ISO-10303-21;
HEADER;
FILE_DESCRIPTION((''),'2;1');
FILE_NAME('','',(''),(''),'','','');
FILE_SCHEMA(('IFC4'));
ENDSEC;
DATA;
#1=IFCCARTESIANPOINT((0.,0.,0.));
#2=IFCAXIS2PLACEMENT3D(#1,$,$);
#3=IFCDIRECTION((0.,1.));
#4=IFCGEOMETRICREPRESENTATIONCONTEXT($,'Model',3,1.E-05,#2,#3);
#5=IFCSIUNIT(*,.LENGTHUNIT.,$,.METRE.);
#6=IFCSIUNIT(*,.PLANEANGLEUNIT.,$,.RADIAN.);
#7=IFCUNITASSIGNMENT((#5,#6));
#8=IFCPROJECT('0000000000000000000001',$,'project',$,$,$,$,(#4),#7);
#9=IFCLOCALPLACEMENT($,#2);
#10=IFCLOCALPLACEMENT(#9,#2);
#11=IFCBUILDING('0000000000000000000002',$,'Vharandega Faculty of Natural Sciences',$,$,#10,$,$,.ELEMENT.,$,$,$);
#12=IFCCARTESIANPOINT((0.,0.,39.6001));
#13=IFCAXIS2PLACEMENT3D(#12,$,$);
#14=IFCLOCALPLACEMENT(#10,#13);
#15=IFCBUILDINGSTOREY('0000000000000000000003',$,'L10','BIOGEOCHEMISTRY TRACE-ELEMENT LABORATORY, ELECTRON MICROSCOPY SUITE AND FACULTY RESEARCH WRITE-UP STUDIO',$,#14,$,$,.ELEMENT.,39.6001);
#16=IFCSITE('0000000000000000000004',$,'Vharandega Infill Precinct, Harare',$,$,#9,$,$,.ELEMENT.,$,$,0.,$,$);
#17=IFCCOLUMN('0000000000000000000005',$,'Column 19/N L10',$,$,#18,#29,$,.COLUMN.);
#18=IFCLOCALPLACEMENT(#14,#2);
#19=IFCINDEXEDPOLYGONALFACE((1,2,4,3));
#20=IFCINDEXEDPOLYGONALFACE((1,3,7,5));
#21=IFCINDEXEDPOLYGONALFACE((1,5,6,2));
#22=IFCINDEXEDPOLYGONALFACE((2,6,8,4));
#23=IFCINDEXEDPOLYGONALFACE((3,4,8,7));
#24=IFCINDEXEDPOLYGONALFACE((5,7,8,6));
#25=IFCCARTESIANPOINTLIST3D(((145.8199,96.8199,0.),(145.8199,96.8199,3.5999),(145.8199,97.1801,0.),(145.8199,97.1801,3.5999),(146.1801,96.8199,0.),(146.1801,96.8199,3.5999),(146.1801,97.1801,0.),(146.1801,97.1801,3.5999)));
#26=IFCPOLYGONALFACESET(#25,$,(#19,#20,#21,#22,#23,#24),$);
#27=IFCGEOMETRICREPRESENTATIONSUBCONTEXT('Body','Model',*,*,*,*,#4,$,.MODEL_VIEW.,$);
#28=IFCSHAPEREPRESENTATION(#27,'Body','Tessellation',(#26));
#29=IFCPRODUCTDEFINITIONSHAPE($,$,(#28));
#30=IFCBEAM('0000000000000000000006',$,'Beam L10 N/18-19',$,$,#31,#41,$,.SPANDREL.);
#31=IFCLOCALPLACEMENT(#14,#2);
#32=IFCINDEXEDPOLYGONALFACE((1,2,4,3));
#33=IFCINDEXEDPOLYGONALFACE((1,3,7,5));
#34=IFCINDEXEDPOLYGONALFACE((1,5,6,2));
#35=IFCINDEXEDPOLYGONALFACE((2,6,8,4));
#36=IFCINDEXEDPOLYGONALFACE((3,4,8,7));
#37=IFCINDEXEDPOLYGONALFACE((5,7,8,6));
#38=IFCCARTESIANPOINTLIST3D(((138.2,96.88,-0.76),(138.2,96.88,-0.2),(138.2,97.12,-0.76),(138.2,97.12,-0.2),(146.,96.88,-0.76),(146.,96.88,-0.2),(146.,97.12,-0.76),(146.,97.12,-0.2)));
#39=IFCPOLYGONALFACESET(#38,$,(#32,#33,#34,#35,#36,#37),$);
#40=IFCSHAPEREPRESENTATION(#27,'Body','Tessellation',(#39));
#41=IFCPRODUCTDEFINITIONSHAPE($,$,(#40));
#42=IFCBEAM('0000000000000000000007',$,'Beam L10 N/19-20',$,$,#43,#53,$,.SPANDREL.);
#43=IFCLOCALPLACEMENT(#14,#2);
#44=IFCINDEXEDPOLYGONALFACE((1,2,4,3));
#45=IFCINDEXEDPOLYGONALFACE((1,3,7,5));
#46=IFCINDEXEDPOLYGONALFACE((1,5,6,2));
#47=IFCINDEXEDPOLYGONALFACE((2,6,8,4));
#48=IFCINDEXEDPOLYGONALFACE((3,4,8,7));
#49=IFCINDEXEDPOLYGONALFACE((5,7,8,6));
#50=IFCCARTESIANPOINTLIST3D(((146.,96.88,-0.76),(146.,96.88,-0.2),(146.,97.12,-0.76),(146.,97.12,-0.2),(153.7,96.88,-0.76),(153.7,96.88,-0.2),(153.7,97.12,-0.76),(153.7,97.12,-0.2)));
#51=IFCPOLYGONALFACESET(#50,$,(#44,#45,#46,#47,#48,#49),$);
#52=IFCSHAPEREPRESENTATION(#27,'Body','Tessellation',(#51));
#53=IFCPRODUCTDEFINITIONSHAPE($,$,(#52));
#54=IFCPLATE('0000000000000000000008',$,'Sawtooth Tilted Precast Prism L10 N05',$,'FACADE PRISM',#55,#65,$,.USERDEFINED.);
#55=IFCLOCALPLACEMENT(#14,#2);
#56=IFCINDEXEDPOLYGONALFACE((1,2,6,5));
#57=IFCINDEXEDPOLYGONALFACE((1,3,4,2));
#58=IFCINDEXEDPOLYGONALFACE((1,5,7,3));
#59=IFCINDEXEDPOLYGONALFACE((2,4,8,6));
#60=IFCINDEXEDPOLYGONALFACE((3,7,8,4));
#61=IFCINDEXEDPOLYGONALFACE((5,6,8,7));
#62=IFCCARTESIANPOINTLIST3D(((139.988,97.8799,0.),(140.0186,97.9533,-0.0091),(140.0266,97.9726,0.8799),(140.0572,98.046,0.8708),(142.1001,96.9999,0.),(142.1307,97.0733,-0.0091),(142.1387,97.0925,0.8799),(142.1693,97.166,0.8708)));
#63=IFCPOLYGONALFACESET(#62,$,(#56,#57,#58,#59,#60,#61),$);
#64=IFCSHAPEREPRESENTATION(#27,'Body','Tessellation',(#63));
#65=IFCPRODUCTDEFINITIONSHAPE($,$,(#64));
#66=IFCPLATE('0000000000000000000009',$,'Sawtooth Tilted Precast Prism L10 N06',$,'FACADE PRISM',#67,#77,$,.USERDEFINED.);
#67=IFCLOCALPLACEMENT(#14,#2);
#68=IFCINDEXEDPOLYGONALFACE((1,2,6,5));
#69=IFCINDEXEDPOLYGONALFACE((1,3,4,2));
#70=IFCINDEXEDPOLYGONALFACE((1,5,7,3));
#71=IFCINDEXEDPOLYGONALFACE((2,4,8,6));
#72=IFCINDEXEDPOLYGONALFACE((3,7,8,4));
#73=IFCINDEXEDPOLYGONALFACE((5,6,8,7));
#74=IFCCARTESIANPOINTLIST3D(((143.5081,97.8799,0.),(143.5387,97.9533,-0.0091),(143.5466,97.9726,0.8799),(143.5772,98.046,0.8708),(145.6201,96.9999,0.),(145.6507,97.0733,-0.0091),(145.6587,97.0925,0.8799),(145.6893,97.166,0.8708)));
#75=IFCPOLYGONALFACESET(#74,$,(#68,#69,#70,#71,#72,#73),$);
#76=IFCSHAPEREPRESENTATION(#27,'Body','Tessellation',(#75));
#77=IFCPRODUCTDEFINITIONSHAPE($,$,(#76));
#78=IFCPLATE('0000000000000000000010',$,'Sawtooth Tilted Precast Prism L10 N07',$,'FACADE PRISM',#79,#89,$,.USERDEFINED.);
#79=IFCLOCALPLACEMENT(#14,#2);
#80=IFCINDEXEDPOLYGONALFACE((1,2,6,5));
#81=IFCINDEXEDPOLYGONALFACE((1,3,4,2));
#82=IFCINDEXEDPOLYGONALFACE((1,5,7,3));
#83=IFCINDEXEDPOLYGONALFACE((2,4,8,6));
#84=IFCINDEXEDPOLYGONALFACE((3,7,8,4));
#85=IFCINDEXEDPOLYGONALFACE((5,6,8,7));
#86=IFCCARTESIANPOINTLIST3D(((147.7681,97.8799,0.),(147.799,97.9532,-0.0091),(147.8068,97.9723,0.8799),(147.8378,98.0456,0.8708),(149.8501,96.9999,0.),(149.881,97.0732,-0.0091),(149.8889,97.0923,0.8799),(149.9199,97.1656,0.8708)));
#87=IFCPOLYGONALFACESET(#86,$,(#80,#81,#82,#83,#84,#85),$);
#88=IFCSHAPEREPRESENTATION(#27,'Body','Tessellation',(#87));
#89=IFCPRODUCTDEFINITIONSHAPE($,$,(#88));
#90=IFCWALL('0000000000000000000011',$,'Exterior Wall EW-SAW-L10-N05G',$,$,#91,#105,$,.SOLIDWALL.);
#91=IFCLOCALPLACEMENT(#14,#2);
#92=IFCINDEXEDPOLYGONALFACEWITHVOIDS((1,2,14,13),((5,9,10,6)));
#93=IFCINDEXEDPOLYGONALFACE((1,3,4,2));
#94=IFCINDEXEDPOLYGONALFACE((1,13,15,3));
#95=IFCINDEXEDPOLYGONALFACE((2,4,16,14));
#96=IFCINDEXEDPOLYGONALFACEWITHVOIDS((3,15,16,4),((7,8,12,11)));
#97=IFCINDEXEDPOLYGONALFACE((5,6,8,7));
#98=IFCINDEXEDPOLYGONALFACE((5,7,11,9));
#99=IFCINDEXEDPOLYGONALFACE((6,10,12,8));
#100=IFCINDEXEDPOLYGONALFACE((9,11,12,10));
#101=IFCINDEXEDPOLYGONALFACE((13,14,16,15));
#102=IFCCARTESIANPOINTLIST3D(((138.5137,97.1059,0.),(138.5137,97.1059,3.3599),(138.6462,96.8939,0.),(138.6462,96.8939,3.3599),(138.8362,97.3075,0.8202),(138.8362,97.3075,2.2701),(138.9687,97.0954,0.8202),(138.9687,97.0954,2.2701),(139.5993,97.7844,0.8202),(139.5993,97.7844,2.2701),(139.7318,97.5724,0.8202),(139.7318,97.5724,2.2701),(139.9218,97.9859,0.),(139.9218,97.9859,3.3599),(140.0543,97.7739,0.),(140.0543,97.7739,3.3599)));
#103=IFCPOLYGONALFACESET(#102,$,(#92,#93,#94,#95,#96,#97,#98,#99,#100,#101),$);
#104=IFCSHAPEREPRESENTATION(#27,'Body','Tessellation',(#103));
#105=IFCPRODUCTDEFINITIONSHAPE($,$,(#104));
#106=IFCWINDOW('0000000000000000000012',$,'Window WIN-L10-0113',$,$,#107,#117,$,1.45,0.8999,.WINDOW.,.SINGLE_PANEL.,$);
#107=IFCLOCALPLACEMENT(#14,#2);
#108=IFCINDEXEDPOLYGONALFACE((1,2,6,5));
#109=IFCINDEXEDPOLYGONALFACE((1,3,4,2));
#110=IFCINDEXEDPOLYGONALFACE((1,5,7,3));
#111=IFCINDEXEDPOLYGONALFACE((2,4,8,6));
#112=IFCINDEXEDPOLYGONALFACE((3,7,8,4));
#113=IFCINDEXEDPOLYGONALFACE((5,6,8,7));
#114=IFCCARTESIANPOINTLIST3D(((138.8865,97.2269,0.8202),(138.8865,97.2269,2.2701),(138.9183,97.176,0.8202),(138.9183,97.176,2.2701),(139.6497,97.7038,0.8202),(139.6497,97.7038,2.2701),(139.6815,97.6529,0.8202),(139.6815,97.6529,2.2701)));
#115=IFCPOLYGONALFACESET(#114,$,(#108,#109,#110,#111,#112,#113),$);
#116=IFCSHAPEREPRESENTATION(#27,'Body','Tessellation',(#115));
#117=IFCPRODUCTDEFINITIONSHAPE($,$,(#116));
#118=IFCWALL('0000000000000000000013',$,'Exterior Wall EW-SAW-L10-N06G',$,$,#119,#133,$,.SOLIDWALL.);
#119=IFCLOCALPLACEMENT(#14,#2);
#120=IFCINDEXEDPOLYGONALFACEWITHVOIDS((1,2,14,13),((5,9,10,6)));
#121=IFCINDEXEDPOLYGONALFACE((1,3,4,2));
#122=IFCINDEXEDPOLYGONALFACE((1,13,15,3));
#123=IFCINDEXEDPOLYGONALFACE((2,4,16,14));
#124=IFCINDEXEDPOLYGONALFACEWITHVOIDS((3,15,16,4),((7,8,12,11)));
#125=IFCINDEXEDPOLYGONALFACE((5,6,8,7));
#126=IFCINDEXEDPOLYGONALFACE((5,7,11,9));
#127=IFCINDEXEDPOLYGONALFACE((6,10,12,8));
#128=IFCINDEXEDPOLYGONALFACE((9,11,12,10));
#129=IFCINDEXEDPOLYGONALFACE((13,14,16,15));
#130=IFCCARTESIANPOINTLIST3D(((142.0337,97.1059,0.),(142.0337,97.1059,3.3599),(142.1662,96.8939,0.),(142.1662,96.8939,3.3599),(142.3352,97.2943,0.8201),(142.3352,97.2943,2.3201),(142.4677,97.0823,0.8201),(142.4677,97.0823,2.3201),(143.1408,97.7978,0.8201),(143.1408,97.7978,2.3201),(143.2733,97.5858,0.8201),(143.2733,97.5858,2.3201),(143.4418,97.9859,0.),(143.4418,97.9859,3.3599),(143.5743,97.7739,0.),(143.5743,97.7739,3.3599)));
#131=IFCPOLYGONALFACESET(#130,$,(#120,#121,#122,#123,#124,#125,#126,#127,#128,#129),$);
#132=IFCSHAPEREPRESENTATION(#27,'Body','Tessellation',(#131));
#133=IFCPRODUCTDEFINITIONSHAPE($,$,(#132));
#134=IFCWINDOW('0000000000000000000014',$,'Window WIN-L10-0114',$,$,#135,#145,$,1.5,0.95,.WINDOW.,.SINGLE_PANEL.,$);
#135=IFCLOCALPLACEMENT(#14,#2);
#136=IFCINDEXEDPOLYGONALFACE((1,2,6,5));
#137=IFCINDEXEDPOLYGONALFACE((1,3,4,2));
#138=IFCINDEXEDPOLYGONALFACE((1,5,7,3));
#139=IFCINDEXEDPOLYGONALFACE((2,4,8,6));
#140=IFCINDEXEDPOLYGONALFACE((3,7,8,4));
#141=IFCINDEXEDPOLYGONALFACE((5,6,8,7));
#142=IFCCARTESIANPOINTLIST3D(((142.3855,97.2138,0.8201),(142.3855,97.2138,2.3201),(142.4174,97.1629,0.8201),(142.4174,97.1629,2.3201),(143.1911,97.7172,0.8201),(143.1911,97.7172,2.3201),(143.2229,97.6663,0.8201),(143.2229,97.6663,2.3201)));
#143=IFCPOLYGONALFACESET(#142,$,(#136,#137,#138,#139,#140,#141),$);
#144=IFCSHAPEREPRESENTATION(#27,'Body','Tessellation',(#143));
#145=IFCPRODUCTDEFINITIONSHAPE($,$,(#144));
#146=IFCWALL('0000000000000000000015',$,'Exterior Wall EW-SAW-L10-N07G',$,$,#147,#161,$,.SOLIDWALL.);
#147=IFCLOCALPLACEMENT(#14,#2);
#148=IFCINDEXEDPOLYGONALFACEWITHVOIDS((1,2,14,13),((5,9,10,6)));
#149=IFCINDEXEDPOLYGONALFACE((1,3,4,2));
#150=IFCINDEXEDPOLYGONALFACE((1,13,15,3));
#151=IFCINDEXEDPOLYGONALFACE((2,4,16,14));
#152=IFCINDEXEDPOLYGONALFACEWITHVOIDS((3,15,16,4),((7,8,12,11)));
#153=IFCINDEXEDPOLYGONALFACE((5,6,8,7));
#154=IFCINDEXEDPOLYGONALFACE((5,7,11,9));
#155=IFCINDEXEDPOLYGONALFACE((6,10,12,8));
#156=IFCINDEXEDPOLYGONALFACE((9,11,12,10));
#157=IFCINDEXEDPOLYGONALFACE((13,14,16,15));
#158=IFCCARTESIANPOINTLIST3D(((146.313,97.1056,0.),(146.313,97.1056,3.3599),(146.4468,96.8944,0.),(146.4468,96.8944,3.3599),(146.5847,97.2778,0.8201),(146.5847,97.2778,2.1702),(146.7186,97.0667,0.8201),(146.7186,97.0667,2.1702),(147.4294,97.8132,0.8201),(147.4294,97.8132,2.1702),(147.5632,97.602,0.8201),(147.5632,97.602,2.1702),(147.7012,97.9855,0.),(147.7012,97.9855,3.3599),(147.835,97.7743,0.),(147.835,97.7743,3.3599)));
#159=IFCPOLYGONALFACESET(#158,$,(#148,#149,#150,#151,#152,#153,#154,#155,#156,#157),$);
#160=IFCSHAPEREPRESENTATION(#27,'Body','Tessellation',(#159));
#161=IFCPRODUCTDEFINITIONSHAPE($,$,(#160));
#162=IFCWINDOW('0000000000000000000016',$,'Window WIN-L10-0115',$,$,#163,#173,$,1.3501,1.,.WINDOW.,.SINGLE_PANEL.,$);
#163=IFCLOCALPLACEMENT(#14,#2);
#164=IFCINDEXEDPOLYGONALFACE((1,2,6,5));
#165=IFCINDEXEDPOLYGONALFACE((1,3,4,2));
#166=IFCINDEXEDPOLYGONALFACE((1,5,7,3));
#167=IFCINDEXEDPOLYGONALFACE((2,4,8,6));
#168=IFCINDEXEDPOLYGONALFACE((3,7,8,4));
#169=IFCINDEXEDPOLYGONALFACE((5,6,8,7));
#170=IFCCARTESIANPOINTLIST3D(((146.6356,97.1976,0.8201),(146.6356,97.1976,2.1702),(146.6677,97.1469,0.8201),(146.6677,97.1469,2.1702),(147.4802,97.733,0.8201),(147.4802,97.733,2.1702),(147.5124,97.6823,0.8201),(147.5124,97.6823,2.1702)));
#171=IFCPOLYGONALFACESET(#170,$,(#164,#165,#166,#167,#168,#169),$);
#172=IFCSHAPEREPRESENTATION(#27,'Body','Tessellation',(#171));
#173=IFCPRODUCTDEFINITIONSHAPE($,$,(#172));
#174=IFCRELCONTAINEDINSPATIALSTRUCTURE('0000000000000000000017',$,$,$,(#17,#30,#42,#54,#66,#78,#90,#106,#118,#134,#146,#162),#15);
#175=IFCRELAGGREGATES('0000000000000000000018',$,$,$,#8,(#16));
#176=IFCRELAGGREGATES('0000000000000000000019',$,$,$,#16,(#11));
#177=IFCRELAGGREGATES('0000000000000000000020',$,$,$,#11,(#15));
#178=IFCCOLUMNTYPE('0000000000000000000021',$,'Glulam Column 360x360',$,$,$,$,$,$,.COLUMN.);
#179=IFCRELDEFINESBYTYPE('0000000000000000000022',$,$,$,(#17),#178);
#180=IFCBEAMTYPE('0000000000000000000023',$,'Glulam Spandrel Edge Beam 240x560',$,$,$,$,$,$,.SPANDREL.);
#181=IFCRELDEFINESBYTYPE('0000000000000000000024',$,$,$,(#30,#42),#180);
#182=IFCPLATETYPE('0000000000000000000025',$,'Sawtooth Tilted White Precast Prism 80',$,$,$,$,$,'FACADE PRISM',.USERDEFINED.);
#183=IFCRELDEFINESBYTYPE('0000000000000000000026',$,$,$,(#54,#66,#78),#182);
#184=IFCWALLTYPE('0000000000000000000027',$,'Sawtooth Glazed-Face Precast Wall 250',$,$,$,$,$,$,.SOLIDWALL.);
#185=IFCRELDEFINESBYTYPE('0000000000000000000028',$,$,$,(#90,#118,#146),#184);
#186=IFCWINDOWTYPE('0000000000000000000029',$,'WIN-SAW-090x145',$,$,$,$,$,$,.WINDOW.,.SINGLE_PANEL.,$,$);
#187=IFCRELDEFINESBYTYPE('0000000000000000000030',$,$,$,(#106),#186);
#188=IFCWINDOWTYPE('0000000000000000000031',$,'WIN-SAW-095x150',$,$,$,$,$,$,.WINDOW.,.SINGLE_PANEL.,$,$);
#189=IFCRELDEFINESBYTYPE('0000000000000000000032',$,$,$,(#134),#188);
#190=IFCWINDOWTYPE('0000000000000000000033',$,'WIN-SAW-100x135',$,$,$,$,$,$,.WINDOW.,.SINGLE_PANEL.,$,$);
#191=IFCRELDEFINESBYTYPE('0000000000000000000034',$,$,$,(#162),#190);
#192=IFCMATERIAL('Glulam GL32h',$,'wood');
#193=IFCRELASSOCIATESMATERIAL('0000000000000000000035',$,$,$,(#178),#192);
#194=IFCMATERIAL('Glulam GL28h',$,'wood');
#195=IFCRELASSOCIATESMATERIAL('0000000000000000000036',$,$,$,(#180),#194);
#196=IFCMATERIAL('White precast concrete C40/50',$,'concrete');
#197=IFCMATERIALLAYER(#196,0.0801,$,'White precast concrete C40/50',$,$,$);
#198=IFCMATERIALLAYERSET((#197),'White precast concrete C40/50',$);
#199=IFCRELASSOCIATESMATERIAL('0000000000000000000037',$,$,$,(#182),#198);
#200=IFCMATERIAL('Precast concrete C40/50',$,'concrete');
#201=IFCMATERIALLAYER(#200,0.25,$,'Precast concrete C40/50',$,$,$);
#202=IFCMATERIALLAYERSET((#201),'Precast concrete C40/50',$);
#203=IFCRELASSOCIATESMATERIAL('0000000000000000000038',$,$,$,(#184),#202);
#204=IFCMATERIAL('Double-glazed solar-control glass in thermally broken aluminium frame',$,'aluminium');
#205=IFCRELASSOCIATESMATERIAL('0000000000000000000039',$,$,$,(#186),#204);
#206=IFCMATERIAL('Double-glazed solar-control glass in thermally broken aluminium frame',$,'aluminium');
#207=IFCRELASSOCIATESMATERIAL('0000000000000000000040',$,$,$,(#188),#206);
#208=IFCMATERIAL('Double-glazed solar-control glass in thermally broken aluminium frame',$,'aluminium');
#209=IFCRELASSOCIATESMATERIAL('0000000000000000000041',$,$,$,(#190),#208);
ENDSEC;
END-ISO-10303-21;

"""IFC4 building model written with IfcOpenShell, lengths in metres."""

from ifc_helpers import new_model, si_unit, direction, frame, frame_2d, origin, origin_2d, place, context, subcontext, project, spatial, polyline, rectangle, outline, extrude, material, layer, layer_set, material_profile, profile_set, type_object, element, fill, save


model = new_model("IFC4")

# Units and contexts
model_context = context("Model", 3, precision=1e-05, world=origin(), true_north=direction((0.0, 1.0)))
body_context = subcontext(model_context, "Body", "Model", "MODEL_VIEW")
ifc_project = project(units=[si_unit("LENGTHUNIT", "METRE"), si_unit("PLANEANGLEUNIT", "RADIAN")], contexts=[model_context])

# Site, building, storey
site_placement = place(None, origin())
site = spatial("IfcSite", under=ifc_project, at=site_placement, Name="Vharandega Infill Precinct, Harare", CompositionType="ELEMENT", RefElevation=0.0)
building_placement = place(site_placement, origin())
building = spatial("IfcBuilding", under=site, at=building_placement, Name="Vharandega Faculty of Natural Sciences", CompositionType="ELEMENT")
storey_placement = place(building_placement, frame((0.0, 0.0, 39.6001)))
storey = spatial("IfcBuildingStorey", under=building, at=storey_placement, Name="L10", Description="BIOGEOCHEMISTRY TRACE-ELEMENT LABORATORY, ELECTRON MICROSCOPY SUITE AND FACULTY RESEARCH WRITE-UP STUDIO", CompositionType="ELEMENT", Elevation=39.6001)

# Column
ifc_material_1 = material(Name="Glulam GL32h", Category="wood")
ifc_material_profile_1 = material_profile(ifc_material_1, rectangle(XDim=0.3601, YDim=0.3601, at=origin_2d()), Name="GL32h 360x360")
ifc_profile_set_1 = profile_set([ifc_material_profile_1], Name="Glulam GL32h")
column_type = type_object("IfcColumnType", Name="Glulam Column 360x360", PredefinedType="COLUMN", material=ifc_profile_set_1)
column_placement = place(storey_placement, frame((146.0, 97.0, 0.0), z_axis=(0.0, 0.0, 1.0), x_axis=(1.0, 0.0, 0.0)))
element("IfcColumn", 1, at=column_placement, inside=storey, type_object=column_type, Name="Column 19/N L10", PredefinedType="COLUMN", context=body_context, shape_type="SweptSolid", body=[
    extrude(rectangle(XDim=0.3601, YDim=0.3601, at=origin_2d()), origin(), (0.0, 0.0, 1.0), 3.5999),
])

# Beams
ifc_material_2 = material(Name="Glulam GL28h", Category="wood")
ifc_material_profile_2 = material_profile(ifc_material_2, rectangle(XDim=0.24, YDim=0.5601, at=origin_2d()), Name="GL28h 240x560")
ifc_profile_set_2 = profile_set([ifc_material_profile_2], Name="Glulam GL28h")
beam_type = type_object("IfcBeamType", Name="Glulam Spandrel Edge Beam 240x560", PredefinedType="SPANDREL", material=ifc_profile_set_2)
beam_1_placement = place(storey_placement, frame((138.2, 97.0, -0.48), z_axis=(1.0, 0.0, 0.0), x_axis=(0.0, 1.0, 0.0)))
element("IfcBeam", 2, at=beam_1_placement, inside=storey, type_object=beam_type, Name="Beam L10 N/18-19", PredefinedType="SPANDREL", context=body_context, shape_type="SweptSolid", body=[
    extrude(rectangle(XDim=0.24, YDim=0.5601, at=origin_2d()), origin(), (0.0, 0.0, 1.0), 7.8),
])
beam_2_placement = place(storey_placement, frame((146.0, 97.0, -0.48), z_axis=(1.0, 0.0, 0.0), x_axis=(0.0, 1.0, 0.0)))
element("IfcBeam", 3, at=beam_2_placement, inside=storey, type_object=beam_type, Name="Beam L10 N/19-20", PredefinedType="SPANDREL", context=body_context, shape_type="SweptSolid", body=[
    extrude(rectangle(XDim=0.24, YDim=0.5601, at=origin_2d()), origin(), (0.0, 0.0, 1.0), 7.7),
])

# Plates
ifc_material_3 = material(Name="White precast concrete C40/50", Category="concrete")
ifc_layer_1 = layer(ifc_material_3, 0.0801, Name="White precast concrete C40/50")
ifc_layer_set_1 = layer_set([ifc_layer_1], Name="White precast concrete C40/50")
plate_type = type_object("IfcPlateType", Name="Sawtooth Tilted White Precast Prism 80", ElementType="FACADE PRISM", PredefinedType="USERDEFINED", material=ifc_layer_set_1)
for number, where, z_axis, x_axis, name in (
    (4, (139.988, 97.8799, 0.0), (-0.38213, -0.917133, 0.113326), (0.043509, 0.104642, 0.993558), "Sawtooth Tilted Precast Prism L10 N05"),
    (5, (143.5081, 97.8799, 0.0), (-0.38213, -0.917133, 0.113326), (0.043509, 0.104642, 0.993558), "Sawtooth Tilted Precast Prism L10 N06"),
):
    element("IfcPlate", number, at=place(storey_placement, frame(where, z_axis=z_axis, x_axis=x_axis)), inside=storey, type_object=plate_type, Name=name, ObjectType="FACADE PRISM", PredefinedType="USERDEFINED", context=body_context, shape_type="SweptSolid", body=[
        extrude(outline(polyline([(0.0, 0.0), (0.8856, 0.0), (0.8854, -2.2881), (-0.0002, -2.288), (0.0, 0.0)])), origin(), (0.0, 0.0, -1.0), 0.0801),
    ])
plate_placement = place(storey_placement, frame((147.7681, 97.8799, 0.0), z_axis=(-0.386818, -0.915184, 0.11318), x_axis=(0.043785, 0.104368, 0.993574)))
element("IfcPlate", 6, at=plate_placement, inside=storey, type_object=plate_type, Name="Sawtooth Tilted Precast Prism L10 N07", ObjectType="FACADE PRISM", PredefinedType="USERDEFINED", context=body_context, shape_type="SweptSolid", body=[
    extrude(outline(polyline([(0.0, 0.0), (0.8856, 0.0), (0.8849, -2.2604), (-0.0007, -2.2603), (0.0, 0.0)])), origin(), (0.0, 0.0, -1.0), 0.0801),
])

# Walls, openings, windows
ifc_material_4 = material(Name="Precast concrete C40/50", Category="concrete")
ifc_layer_2 = layer(ifc_material_4, 0.25, Name="Precast concrete C40/50")
ifc_layer_set_2 = layer_set([ifc_layer_2], Name="Precast concrete C40/50")
wall_type_1 = type_object("IfcWallType", Name="Sawtooth Glazed-Face Precast Wall 250", PredefinedType="SOLIDWALL", material=ifc_layer_set_2)
wall_1_placement = place(storey_placement, frame((138.5801, 97.0, 0.0), z_axis=(0.0, 0.0, 1.0), x_axis=(0.848023, 0.529959, 0.0)))
wall_1 = element("IfcWall", 7, at=wall_1_placement, inside=storey, type_object=wall_type_1, Name="Exterior Wall EW-SAW-L10-N05G", PredefinedType="SOLIDWALL", context=body_context, shape_type="SweptSolid", body=[
    extrude(rectangle(XDim=1.6604, YDim=0.25, at=frame_2d((0.8301, 0.0))), origin(), (0.0, 0.0, 1.0), 3.3599),
])
opening_1_placement = place(wall_1_placement, frame((0.3801, 0.0, 0.8201)))
opening_1 = element("IfcOpeningElement", 8, at=opening_1_placement, cuts=wall_1, PredefinedType="OPENING", context=body_context, shape_type="SweptSolid", body=[
    extrude(rectangle(XDim=0.8999, YDim=1.45, at=frame_2d((0.45, 0.7251))), frame((0.0, 0.135, 0.0), z_axis=(0.0, -1.0, 0.0), x_axis=(1.0, 0.0, 0.0)), (0.0, 0.0, 1.0), 0.27),
])
ifc_material_5 = material(Name="Double-glazed solar-control glass in thermally broken aluminium frame", Category="aluminium")
window_type_1 = type_object("IfcWindowType", Name="WIN-SAW-090x145", PartitioningType="SINGLE_PANEL", PredefinedType="WINDOW", material=ifc_material_5)
window_1_placement = place(opening_1_placement, origin())
window_1 = element("IfcWindow", 9, at=window_1_placement, inside=storey, type_object=window_type_1, Name="Window WIN-L10-0113", OverallHeight=1.45, OverallWidth=0.8999, PartitioningType="SINGLE_PANEL", PredefinedType="WINDOW", context=body_context, shape_type="SweptSolid", body=[
    extrude(rectangle(XDim=0.8999, YDim=1.45, at=frame_2d((0.45, 0.7251))), frame((0.0, 0.03, 0.0), z_axis=(0.0, -1.0, 0.0), x_axis=(1.0, 0.0, 0.0)), (0.0, 0.0, 1.0), 0.0601),
])
fill(opening_1, window_1)
wall_2_placement = place(storey_placement, frame((142.1001, 97.0, 0.0), z_axis=(0.0, 0.0, 1.0), x_axis=(0.848023, 0.529959, 0.0)))
wall_2 = element("IfcWall", 10, at=wall_2_placement, inside=storey, type_object=wall_type_1, Name="Exterior Wall EW-SAW-L10-N06G", PredefinedType="SOLIDWALL", context=body_context, shape_type="SweptSolid", body=[
    extrude(rectangle(XDim=1.6604, YDim=0.25, at=frame_2d((0.8301, 0.0))), origin(), (0.0, 0.0, 1.0), 3.3599),
])
opening_2_placement = place(wall_2_placement, frame((0.3552, 0.0, 0.8201)))
opening_2 = element("IfcOpeningElement", 11, at=opening_2_placement, cuts=wall_2, PredefinedType="OPENING", context=body_context, shape_type="SweptSolid", body=[
    extrude(rectangle(XDim=0.95, YDim=1.5, at=frame_2d((0.4751, 0.75))), frame((0.0, 0.135, 0.0), z_axis=(0.0, -1.0, 0.0), x_axis=(1.0, 0.0, 0.0)), (0.0, 0.0, 1.0), 0.27),
])
ifc_material_6 = material(Name="Double-glazed solar-control glass in thermally broken aluminium frame", Category="aluminium")
window_type_2 = type_object("IfcWindowType", Name="WIN-SAW-095x150", PartitioningType="SINGLE_PANEL", PredefinedType="WINDOW", material=ifc_material_6)
window_2_placement = place(opening_2_placement, origin())
window_2 = element("IfcWindow", 12, at=window_2_placement, inside=storey, type_object=window_type_2, Name="Window WIN-L10-0114", OverallHeight=1.5, OverallWidth=0.95, PartitioningType="SINGLE_PANEL", PredefinedType="WINDOW", context=body_context, shape_type="SweptSolid", body=[
    extrude(rectangle(XDim=0.95, YDim=1.5, at=frame_2d((0.4751, 0.75))), frame((0.0, 0.03, 0.0), z_axis=(0.0, -1.0, 0.0), x_axis=(1.0, 0.0, 0.0)), (0.0, 0.0, 1.0), 0.0601),
])
fill(opening_2, window_2)
wall_3_placement = place(storey_placement, frame((146.3799, 97.0, 0.0), z_axis=(0.0, 0.0, 1.0), x_axis=(0.844627, 0.535356, 0.0)))
wall_3 = element("IfcWall", 13, at=wall_3_placement, inside=storey, type_object=wall_type_1, Name="Exterior Wall EW-SAW-L10-N07G", PredefinedType="SOLIDWALL", context=body_context, shape_type="SweptSolid", body=[
    extrude(rectangle(XDim=1.6436, YDim=0.25, at=frame_2d((0.8218, 0.0))), origin(), (0.0, 0.0, 1.0), 3.3599),
])
opening_3_placement = place(wall_3_placement, frame((0.3218, 0.0, 0.8201)))
opening_3 = element("IfcOpeningElement", 14, at=opening_3_placement, cuts=wall_3, PredefinedType="OPENING", context=body_context, shape_type="SweptSolid", body=[
    extrude(rectangle(XDim=1.0, YDim=1.3501, at=frame_2d((0.5, 0.675))), frame((0.0, 0.135, 0.0), z_axis=(0.0, -1.0, 0.0), x_axis=(1.0, 0.0, 0.0)), (0.0, 0.0, 1.0), 0.27),
])
ifc_material_7 = material(Name="Double-glazed solar-control glass in thermally broken aluminium frame", Category="aluminium")
window_type_3 = type_object("IfcWindowType", Name="WIN-SAW-100x135", PartitioningType="SINGLE_PANEL", PredefinedType="WINDOW", material=ifc_material_7)
window_3_placement = place(opening_3_placement, origin())
window_3 = element("IfcWindow", 15, at=window_3_placement, inside=storey, type_object=window_type_3, Name="Window WIN-L10-0115", OverallHeight=1.3501, OverallWidth=1.0, PartitioningType="SINGLE_PANEL", PredefinedType="WINDOW", context=body_context, shape_type="SweptSolid", body=[
    extrude(rectangle(XDim=1.0, YDim=1.3501, at=frame_2d((0.5, 0.675))), frame((0.0, 0.03, 0.0), z_axis=(0.0, -1.0, 0.0), x_axis=(1.0, 0.0, 0.0)), (0.0, 0.0, 1.0), 0.0601),
])
fill(opening_3, window_3)

save(model, "model.ifc")
